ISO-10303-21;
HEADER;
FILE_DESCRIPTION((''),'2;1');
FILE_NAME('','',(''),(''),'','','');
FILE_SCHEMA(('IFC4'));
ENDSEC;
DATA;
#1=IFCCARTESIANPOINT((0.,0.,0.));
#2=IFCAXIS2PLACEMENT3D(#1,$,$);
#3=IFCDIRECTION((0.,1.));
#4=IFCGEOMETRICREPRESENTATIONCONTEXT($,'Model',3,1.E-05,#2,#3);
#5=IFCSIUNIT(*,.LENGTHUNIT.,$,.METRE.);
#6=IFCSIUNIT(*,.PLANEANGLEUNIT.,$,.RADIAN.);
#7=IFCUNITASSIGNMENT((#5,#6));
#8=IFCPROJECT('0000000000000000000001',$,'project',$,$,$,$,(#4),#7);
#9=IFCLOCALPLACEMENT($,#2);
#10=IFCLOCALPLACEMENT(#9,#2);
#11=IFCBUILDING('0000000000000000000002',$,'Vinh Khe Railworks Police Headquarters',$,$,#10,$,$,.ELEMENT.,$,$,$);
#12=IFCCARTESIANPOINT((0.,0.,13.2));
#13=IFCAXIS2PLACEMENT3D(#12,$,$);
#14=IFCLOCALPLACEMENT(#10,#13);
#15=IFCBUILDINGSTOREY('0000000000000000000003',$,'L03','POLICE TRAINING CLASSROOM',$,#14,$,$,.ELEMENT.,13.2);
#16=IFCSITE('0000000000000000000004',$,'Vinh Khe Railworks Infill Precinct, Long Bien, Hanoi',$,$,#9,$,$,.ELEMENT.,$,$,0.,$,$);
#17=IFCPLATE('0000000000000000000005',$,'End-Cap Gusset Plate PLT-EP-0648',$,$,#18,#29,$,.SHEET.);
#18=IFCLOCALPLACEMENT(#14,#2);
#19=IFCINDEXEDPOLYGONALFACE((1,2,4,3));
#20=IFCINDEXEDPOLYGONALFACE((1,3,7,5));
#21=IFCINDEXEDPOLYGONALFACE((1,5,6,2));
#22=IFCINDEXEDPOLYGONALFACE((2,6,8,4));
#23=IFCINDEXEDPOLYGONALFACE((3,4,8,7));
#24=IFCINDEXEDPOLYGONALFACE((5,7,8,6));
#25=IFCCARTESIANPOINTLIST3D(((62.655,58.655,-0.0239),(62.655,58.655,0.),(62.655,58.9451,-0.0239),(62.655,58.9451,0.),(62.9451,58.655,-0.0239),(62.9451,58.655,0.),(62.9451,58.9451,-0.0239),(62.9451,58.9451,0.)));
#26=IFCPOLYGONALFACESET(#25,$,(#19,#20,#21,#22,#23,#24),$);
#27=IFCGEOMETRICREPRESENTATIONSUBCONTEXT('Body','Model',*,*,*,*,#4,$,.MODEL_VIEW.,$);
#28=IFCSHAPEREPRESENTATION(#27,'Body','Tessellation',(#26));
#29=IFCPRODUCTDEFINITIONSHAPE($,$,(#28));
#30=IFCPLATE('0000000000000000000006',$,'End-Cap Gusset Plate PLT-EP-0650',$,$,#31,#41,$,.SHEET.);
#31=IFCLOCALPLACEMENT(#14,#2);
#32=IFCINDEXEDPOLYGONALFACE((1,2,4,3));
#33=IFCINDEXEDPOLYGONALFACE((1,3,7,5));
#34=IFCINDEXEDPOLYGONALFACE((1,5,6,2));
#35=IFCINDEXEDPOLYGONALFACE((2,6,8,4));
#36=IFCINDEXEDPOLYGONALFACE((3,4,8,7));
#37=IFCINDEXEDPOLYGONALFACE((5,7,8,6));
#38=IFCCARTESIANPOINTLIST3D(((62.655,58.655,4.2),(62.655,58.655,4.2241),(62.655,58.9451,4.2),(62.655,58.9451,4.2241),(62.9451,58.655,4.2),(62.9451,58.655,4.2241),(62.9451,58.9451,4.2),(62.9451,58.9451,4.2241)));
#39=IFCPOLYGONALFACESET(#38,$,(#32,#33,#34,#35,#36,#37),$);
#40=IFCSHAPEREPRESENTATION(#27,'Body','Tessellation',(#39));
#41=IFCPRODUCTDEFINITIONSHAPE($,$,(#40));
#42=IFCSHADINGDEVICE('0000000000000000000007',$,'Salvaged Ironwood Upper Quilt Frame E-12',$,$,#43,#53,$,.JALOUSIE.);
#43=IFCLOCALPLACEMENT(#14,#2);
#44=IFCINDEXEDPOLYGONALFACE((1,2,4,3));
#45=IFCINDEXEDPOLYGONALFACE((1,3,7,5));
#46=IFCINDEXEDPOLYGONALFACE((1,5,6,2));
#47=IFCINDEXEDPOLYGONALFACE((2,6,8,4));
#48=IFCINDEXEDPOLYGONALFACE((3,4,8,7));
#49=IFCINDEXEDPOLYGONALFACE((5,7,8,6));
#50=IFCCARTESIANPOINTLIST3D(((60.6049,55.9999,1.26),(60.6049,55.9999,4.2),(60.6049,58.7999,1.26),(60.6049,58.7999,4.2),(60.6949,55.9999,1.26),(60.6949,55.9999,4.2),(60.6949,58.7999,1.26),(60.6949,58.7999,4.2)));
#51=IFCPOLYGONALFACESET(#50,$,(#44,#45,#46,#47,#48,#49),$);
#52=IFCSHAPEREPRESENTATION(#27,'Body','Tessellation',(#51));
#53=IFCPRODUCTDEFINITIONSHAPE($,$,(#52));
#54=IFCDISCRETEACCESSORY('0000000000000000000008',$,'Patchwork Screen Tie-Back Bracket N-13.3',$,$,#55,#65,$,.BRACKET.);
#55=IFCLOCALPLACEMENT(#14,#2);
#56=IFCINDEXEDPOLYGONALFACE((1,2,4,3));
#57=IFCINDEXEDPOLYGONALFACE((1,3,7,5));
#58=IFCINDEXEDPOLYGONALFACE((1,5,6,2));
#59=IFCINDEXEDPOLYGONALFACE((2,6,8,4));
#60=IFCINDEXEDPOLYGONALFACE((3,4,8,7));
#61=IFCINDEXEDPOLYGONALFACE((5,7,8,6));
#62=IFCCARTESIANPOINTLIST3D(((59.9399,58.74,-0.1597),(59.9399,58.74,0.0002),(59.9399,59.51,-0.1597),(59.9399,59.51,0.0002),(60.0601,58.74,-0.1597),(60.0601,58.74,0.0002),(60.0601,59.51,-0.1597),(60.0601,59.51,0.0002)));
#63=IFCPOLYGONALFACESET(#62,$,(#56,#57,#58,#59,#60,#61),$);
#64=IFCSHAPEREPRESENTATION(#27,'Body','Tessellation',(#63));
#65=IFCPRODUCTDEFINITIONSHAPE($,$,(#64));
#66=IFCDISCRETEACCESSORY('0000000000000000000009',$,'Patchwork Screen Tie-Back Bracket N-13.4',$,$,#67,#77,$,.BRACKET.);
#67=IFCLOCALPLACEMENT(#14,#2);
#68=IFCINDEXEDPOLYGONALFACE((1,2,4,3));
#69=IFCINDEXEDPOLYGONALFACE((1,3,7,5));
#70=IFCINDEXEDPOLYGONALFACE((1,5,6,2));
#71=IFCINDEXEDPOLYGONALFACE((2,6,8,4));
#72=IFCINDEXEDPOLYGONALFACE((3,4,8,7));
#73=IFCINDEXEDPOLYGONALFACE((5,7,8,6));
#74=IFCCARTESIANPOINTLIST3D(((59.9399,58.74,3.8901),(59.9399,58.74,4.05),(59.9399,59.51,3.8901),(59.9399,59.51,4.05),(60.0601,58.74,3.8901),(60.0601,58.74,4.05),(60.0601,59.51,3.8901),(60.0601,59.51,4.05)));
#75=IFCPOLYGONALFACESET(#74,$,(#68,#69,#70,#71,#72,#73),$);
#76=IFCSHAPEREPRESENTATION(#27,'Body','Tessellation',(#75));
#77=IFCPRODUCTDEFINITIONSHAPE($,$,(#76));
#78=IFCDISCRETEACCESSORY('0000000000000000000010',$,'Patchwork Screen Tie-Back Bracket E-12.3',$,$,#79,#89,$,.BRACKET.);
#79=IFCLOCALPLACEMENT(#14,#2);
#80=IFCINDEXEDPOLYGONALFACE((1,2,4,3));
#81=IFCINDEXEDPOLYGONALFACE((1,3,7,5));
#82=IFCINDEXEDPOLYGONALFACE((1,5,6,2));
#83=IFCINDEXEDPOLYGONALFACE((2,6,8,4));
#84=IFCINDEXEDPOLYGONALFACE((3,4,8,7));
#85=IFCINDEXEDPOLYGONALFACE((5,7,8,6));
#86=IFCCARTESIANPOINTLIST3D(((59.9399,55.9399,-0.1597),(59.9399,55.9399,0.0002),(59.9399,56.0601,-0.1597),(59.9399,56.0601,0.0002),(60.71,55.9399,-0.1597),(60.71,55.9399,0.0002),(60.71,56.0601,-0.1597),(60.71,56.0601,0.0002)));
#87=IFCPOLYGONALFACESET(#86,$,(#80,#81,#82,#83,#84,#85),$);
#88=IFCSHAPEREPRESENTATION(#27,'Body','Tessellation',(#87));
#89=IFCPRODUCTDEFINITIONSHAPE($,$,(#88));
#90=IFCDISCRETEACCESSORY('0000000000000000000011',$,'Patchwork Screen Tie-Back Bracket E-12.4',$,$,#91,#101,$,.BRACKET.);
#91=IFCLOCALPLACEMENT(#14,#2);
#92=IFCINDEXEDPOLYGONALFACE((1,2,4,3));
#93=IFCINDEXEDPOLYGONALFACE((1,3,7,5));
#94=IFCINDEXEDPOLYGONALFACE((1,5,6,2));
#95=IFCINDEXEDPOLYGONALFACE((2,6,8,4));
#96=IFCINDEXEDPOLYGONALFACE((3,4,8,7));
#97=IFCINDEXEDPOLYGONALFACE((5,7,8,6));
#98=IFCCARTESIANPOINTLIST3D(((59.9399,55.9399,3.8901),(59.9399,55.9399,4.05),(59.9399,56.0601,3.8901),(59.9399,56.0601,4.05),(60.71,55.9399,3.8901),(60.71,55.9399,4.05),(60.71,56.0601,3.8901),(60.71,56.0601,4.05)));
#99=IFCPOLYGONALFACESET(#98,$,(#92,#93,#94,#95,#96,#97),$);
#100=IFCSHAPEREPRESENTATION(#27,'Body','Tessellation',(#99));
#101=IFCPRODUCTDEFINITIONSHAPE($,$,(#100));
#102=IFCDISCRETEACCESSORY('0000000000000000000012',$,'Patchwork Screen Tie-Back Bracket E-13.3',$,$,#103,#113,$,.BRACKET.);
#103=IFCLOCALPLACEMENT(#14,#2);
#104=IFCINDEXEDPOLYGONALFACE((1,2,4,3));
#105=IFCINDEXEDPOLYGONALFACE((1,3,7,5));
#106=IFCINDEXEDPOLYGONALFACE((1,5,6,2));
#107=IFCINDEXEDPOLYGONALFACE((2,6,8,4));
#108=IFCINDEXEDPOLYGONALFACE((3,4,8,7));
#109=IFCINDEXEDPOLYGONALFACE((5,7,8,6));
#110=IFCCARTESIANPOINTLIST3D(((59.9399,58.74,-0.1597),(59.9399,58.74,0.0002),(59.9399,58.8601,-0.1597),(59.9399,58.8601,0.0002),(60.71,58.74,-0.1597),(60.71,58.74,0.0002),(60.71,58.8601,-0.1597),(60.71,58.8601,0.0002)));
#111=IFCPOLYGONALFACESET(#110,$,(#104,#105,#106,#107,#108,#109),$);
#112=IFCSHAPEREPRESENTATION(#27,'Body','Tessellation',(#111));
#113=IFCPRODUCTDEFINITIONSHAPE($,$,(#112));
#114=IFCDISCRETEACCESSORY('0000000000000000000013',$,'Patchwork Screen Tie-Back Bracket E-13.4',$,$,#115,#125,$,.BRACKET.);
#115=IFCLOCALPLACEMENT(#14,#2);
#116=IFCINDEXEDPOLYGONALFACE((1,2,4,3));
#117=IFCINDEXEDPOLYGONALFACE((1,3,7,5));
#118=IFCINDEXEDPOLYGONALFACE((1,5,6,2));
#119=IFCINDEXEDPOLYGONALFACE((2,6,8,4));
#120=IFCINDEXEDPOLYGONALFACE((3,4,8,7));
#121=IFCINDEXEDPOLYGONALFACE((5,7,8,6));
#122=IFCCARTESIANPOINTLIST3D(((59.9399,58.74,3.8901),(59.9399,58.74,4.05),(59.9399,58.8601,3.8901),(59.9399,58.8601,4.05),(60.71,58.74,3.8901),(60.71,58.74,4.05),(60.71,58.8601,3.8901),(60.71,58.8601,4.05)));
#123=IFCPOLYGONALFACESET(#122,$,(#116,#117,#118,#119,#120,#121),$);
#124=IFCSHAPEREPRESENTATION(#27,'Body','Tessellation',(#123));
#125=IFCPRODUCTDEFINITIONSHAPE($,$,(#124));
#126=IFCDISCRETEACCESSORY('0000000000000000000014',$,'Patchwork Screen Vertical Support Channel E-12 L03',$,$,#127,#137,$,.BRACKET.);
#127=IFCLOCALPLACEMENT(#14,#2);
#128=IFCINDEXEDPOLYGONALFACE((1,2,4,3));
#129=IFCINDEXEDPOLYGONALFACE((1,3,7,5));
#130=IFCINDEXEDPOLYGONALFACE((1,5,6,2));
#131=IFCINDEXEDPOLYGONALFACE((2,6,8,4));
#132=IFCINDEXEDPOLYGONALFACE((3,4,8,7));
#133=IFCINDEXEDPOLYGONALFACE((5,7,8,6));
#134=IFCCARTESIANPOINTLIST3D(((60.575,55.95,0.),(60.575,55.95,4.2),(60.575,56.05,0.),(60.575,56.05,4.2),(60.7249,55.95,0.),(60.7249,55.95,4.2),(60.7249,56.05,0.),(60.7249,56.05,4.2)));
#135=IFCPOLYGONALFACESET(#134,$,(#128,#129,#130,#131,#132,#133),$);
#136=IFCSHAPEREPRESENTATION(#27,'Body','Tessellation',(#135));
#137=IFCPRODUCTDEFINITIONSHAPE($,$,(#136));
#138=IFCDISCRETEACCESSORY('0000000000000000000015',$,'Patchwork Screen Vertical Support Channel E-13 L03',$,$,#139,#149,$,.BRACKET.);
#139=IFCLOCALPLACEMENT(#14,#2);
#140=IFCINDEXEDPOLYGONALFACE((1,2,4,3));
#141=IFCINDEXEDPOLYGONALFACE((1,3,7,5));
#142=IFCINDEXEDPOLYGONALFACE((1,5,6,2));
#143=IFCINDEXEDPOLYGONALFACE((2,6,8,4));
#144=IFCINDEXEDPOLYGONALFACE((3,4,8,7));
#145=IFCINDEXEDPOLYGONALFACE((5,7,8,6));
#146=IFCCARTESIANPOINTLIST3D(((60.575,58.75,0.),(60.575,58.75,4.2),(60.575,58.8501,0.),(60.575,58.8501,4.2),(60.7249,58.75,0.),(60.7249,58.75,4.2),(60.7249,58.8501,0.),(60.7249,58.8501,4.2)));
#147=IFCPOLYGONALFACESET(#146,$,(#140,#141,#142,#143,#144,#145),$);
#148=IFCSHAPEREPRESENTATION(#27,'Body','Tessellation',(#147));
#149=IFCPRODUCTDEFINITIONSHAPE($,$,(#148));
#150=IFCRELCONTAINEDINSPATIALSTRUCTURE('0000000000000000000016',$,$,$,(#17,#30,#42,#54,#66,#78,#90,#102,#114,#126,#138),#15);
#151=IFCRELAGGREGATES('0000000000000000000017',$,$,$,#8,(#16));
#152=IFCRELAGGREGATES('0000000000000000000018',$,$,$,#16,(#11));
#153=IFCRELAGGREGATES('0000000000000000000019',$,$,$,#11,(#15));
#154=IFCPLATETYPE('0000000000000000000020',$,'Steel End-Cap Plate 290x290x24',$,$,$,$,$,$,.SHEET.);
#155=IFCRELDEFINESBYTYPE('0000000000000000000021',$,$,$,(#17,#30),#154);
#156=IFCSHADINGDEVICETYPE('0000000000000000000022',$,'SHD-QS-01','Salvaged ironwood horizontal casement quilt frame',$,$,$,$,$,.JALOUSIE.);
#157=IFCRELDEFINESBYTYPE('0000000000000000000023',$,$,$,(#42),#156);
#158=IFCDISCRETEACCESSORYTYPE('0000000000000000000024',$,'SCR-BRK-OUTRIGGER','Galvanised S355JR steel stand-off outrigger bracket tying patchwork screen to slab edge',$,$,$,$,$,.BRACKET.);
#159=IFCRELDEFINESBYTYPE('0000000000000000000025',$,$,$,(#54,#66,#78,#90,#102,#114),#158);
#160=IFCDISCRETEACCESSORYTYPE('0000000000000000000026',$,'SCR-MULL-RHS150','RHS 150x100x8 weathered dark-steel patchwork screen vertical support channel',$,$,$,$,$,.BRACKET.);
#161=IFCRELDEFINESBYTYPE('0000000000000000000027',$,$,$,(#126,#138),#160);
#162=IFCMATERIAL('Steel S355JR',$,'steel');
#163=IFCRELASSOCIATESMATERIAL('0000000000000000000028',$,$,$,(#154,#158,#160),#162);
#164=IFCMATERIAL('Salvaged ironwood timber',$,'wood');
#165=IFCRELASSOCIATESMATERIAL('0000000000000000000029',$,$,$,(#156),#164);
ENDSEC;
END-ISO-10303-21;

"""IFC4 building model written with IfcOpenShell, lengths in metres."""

from ifc_helpers import new_model, si_unit, direction, frame, origin, origin_2d, place, context, subcontext, project, spatial, rectangle, extrude, material, material_profile, profile_set, type_object, element, save


model = new_model("IFC4")

# Units and contexts
model_context = context("Model", 3, precision=1e-05, world=origin(), true_north=direction((0.0, 1.0)))
body_context = subcontext(model_context, "Body", "Model", "MODEL_VIEW")
ifc_project = project(units=[si_unit("LENGTHUNIT", "METRE"), si_unit("PLANEANGLEUNIT", "RADIAN")], contexts=[model_context])

# Site, building, storey
site_placement = place(None, origin())
site = spatial("IfcSite", under=ifc_project, at=site_placement, Name="Vinh Khe Railworks Infill Precinct, Long Bien, Hanoi", CompositionType="ELEMENT", RefElevation=0.0)
building_placement = place(site_placement, origin())
building = spatial("IfcBuilding", under=site, at=building_placement, Name="Vinh Khe Railworks Police Headquarters", CompositionType="ELEMENT")
storey_placement = place(building_placement, frame((0.0, 0.0, 13.2)))
storey = spatial("IfcBuildingStorey", under=building, at=storey_placement, Name="L03", Description="POLICE TRAINING CLASSROOM", CompositionType="ELEMENT", Elevation=13.2)

# Shared definitions
ifc_material_1 = material(Name="Steel S355JR", Category="steel")

# Shared definitions
ifc_material_2 = material(Name="Salvaged ironwood timber", Category="wood")

# Plates
ifc_material_profile_1 = material_profile(ifc_material_1, rectangle(XDim=0.29, YDim=0.29, at=origin_2d()), Name="PL 290x290")
ifc_profile_set_1 = profile_set([ifc_material_profile_1], Name="Steel S355JR")
plate_type_1 = type_object("IfcPlateType", Name="Steel End-Cap Plate 290x290x24", PredefinedType="SHEET", material=ifc_profile_set_1)
plate_1_placement = place(storey_placement, frame((62.8, 58.8, 0.0), z_axis=(0.0, 0.0, -1.0), x_axis=(1.0, 0.0, 0.0)))
element("IfcPlate", 1, at=plate_1_placement, inside=storey, type_object=plate_type_1, Name="End-Cap Gusset Plate PLT-EP-0648", PredefinedType="SHEET", context=body_context, shape_type="SweptSolid", body=[
    extrude(rectangle(XDim=0.29, YDim=0.29, at=origin_2d()), origin(), (0.0, 0.0, 1.0), 0.0239),
])
plate_2_placement = place(storey_placement, frame((62.8, 58.8, 4.2), z_axis=(0.0, 0.0, 1.0), x_axis=(1.0, 0.0, 0.0)))
element("IfcPlate", 2, at=plate_2_placement, inside=storey, type_object=plate_type_1, Name="End-Cap Gusset Plate PLT-EP-0650", PredefinedType="SHEET", context=body_context, shape_type="SweptSolid", body=[
    extrude(rectangle(XDim=0.29, YDim=0.29, at=origin_2d()), origin(), (0.0, 0.0, 1.0), 0.0242),
])

# Shading device
shading_device_type = type_object("IfcShadingDeviceType", Name="SHD-QS-01", Description="Salvaged ironwood horizontal casement quilt frame", PredefinedType="JALOUSIE", material=ifc_material_2)
shading_device_placement = place(storey_placement, frame((60.6499, 57.3999, 1.26), z_axis=(0.0, 0.0, 1.0), x_axis=(0.0, 1.0, 0.0)))
element("IfcShadingDevice", 3, at=shading_device_placement, inside=storey, type_object=shading_device_type, Name="Salvaged Ironwood Upper Quilt Frame E-12", PredefinedType="JALOUSIE", context=body_context, shape_type="SweptSolid", body=[
    extrude(rectangle(XDim=2.8, YDim=0.0901, at=origin_2d()), origin(), (0.0, 0.0, 1.0), 2.9399),
])

# Discrete accessories
discrete_accessory_type_1 = type_object("IfcDiscreteAccessoryType", Name="SCR-BRK-OUTRIGGER", Description="Galvanised S355JR steel stand-off outrigger bracket tying patchwork screen to slab edge", PredefinedType="BRACKET", material=ifc_material_1)
for number, where, z_axis, x_axis, name in (
    (4, (60.0, 59.125, -0.1597), (0.0, 0.0, 1.0), (1.0, 0.0, 0.0), "Patchwork Screen Tie-Back Bracket N-13.3"),
    (5, (60.0, 59.125, 3.8901), (0.0, 0.0, 1.0), (1.0, 0.0, 0.0), "Patchwork Screen Tie-Back Bracket N-13.4"),
):
    element("IfcDiscreteAccessory", number, at=place(storey_placement, frame(where, z_axis=z_axis, x_axis=x_axis)), inside=storey, type_object=discrete_accessory_type_1, Name=name, PredefinedType="BRACKET", context=body_context, shape_type="SweptSolid", body=[
        extrude(rectangle(XDim=0.1201, YDim=0.77, at=origin_2d()), origin(), (0.0, 0.0, 1.0), 0.1599),
    ])
for number, where, z_axis, x_axis, name in (
    (6, (60.325, 56.0, -0.1597), (0.0, 0.0, 1.0), (1.0, 0.0, 0.0), "Patchwork Screen Tie-Back Bracket E-12.3"),
    (7, (60.325, 56.0, 3.8901), (0.0, 0.0, 1.0), (1.0, 0.0, 0.0), "Patchwork Screen Tie-Back Bracket E-12.4"),
    (8, (60.325, 58.8, -0.1597), (0.0, 0.0, 1.0), (1.0, 0.0, 0.0), "Patchwork Screen Tie-Back Bracket E-13.3"),
    (9, (60.325, 58.8, 3.8901), (0.0, 0.0, 1.0), (1.0, 0.0, 0.0), "Patchwork Screen Tie-Back Bracket E-13.4"),
):
    element("IfcDiscreteAccessory", number, at=place(storey_placement, frame(where, z_axis=z_axis, x_axis=x_axis)), inside=storey, type_object=discrete_accessory_type_1, Name=name, PredefinedType="BRACKET", context=body_context, shape_type="SweptSolid", body=[
        extrude(rectangle(XDim=0.77, YDim=0.1201, at=origin_2d()), origin(), (0.0, 0.0, 1.0), 0.1599),
    ])
discrete_accessory_type_2 = type_object("IfcDiscreteAccessoryType", Name="SCR-MULL-RHS150", Description="RHS 150x100x8 weathered dark-steel patchwork screen vertical support channel", PredefinedType="BRACKET", material=ifc_material_1)
for number, where, z_axis, x_axis, name in (
    (10, (60.6499, 56.0, 0.0), (0.0, 0.0, 1.0), (1.0, 0.0, 0.0), "Patchwork Screen Vertical Support Channel E-12 L03"),
    (11, (60.6499, 58.8, 0.0), (0.0, 0.0, 1.0), (1.0, 0.0, 0.0), "Patchwork Screen Vertical Support Channel E-13 L03"),
):
    element("IfcDiscreteAccessory", number, at=place(storey_placement, frame(where, z_axis=z_axis, x_axis=x_axis)), inside=storey, type_object=discrete_accessory_type_2, Name=name, PredefinedType="BRACKET", context=body_context, shape_type="SweptSolid", body=[
        extrude(rectangle(XDim=0.1499, YDim=0.1001, at=origin_2d()), origin(), (0.0, 0.0, 1.0), 4.2),
    ])

save(model, "model.ifc")
